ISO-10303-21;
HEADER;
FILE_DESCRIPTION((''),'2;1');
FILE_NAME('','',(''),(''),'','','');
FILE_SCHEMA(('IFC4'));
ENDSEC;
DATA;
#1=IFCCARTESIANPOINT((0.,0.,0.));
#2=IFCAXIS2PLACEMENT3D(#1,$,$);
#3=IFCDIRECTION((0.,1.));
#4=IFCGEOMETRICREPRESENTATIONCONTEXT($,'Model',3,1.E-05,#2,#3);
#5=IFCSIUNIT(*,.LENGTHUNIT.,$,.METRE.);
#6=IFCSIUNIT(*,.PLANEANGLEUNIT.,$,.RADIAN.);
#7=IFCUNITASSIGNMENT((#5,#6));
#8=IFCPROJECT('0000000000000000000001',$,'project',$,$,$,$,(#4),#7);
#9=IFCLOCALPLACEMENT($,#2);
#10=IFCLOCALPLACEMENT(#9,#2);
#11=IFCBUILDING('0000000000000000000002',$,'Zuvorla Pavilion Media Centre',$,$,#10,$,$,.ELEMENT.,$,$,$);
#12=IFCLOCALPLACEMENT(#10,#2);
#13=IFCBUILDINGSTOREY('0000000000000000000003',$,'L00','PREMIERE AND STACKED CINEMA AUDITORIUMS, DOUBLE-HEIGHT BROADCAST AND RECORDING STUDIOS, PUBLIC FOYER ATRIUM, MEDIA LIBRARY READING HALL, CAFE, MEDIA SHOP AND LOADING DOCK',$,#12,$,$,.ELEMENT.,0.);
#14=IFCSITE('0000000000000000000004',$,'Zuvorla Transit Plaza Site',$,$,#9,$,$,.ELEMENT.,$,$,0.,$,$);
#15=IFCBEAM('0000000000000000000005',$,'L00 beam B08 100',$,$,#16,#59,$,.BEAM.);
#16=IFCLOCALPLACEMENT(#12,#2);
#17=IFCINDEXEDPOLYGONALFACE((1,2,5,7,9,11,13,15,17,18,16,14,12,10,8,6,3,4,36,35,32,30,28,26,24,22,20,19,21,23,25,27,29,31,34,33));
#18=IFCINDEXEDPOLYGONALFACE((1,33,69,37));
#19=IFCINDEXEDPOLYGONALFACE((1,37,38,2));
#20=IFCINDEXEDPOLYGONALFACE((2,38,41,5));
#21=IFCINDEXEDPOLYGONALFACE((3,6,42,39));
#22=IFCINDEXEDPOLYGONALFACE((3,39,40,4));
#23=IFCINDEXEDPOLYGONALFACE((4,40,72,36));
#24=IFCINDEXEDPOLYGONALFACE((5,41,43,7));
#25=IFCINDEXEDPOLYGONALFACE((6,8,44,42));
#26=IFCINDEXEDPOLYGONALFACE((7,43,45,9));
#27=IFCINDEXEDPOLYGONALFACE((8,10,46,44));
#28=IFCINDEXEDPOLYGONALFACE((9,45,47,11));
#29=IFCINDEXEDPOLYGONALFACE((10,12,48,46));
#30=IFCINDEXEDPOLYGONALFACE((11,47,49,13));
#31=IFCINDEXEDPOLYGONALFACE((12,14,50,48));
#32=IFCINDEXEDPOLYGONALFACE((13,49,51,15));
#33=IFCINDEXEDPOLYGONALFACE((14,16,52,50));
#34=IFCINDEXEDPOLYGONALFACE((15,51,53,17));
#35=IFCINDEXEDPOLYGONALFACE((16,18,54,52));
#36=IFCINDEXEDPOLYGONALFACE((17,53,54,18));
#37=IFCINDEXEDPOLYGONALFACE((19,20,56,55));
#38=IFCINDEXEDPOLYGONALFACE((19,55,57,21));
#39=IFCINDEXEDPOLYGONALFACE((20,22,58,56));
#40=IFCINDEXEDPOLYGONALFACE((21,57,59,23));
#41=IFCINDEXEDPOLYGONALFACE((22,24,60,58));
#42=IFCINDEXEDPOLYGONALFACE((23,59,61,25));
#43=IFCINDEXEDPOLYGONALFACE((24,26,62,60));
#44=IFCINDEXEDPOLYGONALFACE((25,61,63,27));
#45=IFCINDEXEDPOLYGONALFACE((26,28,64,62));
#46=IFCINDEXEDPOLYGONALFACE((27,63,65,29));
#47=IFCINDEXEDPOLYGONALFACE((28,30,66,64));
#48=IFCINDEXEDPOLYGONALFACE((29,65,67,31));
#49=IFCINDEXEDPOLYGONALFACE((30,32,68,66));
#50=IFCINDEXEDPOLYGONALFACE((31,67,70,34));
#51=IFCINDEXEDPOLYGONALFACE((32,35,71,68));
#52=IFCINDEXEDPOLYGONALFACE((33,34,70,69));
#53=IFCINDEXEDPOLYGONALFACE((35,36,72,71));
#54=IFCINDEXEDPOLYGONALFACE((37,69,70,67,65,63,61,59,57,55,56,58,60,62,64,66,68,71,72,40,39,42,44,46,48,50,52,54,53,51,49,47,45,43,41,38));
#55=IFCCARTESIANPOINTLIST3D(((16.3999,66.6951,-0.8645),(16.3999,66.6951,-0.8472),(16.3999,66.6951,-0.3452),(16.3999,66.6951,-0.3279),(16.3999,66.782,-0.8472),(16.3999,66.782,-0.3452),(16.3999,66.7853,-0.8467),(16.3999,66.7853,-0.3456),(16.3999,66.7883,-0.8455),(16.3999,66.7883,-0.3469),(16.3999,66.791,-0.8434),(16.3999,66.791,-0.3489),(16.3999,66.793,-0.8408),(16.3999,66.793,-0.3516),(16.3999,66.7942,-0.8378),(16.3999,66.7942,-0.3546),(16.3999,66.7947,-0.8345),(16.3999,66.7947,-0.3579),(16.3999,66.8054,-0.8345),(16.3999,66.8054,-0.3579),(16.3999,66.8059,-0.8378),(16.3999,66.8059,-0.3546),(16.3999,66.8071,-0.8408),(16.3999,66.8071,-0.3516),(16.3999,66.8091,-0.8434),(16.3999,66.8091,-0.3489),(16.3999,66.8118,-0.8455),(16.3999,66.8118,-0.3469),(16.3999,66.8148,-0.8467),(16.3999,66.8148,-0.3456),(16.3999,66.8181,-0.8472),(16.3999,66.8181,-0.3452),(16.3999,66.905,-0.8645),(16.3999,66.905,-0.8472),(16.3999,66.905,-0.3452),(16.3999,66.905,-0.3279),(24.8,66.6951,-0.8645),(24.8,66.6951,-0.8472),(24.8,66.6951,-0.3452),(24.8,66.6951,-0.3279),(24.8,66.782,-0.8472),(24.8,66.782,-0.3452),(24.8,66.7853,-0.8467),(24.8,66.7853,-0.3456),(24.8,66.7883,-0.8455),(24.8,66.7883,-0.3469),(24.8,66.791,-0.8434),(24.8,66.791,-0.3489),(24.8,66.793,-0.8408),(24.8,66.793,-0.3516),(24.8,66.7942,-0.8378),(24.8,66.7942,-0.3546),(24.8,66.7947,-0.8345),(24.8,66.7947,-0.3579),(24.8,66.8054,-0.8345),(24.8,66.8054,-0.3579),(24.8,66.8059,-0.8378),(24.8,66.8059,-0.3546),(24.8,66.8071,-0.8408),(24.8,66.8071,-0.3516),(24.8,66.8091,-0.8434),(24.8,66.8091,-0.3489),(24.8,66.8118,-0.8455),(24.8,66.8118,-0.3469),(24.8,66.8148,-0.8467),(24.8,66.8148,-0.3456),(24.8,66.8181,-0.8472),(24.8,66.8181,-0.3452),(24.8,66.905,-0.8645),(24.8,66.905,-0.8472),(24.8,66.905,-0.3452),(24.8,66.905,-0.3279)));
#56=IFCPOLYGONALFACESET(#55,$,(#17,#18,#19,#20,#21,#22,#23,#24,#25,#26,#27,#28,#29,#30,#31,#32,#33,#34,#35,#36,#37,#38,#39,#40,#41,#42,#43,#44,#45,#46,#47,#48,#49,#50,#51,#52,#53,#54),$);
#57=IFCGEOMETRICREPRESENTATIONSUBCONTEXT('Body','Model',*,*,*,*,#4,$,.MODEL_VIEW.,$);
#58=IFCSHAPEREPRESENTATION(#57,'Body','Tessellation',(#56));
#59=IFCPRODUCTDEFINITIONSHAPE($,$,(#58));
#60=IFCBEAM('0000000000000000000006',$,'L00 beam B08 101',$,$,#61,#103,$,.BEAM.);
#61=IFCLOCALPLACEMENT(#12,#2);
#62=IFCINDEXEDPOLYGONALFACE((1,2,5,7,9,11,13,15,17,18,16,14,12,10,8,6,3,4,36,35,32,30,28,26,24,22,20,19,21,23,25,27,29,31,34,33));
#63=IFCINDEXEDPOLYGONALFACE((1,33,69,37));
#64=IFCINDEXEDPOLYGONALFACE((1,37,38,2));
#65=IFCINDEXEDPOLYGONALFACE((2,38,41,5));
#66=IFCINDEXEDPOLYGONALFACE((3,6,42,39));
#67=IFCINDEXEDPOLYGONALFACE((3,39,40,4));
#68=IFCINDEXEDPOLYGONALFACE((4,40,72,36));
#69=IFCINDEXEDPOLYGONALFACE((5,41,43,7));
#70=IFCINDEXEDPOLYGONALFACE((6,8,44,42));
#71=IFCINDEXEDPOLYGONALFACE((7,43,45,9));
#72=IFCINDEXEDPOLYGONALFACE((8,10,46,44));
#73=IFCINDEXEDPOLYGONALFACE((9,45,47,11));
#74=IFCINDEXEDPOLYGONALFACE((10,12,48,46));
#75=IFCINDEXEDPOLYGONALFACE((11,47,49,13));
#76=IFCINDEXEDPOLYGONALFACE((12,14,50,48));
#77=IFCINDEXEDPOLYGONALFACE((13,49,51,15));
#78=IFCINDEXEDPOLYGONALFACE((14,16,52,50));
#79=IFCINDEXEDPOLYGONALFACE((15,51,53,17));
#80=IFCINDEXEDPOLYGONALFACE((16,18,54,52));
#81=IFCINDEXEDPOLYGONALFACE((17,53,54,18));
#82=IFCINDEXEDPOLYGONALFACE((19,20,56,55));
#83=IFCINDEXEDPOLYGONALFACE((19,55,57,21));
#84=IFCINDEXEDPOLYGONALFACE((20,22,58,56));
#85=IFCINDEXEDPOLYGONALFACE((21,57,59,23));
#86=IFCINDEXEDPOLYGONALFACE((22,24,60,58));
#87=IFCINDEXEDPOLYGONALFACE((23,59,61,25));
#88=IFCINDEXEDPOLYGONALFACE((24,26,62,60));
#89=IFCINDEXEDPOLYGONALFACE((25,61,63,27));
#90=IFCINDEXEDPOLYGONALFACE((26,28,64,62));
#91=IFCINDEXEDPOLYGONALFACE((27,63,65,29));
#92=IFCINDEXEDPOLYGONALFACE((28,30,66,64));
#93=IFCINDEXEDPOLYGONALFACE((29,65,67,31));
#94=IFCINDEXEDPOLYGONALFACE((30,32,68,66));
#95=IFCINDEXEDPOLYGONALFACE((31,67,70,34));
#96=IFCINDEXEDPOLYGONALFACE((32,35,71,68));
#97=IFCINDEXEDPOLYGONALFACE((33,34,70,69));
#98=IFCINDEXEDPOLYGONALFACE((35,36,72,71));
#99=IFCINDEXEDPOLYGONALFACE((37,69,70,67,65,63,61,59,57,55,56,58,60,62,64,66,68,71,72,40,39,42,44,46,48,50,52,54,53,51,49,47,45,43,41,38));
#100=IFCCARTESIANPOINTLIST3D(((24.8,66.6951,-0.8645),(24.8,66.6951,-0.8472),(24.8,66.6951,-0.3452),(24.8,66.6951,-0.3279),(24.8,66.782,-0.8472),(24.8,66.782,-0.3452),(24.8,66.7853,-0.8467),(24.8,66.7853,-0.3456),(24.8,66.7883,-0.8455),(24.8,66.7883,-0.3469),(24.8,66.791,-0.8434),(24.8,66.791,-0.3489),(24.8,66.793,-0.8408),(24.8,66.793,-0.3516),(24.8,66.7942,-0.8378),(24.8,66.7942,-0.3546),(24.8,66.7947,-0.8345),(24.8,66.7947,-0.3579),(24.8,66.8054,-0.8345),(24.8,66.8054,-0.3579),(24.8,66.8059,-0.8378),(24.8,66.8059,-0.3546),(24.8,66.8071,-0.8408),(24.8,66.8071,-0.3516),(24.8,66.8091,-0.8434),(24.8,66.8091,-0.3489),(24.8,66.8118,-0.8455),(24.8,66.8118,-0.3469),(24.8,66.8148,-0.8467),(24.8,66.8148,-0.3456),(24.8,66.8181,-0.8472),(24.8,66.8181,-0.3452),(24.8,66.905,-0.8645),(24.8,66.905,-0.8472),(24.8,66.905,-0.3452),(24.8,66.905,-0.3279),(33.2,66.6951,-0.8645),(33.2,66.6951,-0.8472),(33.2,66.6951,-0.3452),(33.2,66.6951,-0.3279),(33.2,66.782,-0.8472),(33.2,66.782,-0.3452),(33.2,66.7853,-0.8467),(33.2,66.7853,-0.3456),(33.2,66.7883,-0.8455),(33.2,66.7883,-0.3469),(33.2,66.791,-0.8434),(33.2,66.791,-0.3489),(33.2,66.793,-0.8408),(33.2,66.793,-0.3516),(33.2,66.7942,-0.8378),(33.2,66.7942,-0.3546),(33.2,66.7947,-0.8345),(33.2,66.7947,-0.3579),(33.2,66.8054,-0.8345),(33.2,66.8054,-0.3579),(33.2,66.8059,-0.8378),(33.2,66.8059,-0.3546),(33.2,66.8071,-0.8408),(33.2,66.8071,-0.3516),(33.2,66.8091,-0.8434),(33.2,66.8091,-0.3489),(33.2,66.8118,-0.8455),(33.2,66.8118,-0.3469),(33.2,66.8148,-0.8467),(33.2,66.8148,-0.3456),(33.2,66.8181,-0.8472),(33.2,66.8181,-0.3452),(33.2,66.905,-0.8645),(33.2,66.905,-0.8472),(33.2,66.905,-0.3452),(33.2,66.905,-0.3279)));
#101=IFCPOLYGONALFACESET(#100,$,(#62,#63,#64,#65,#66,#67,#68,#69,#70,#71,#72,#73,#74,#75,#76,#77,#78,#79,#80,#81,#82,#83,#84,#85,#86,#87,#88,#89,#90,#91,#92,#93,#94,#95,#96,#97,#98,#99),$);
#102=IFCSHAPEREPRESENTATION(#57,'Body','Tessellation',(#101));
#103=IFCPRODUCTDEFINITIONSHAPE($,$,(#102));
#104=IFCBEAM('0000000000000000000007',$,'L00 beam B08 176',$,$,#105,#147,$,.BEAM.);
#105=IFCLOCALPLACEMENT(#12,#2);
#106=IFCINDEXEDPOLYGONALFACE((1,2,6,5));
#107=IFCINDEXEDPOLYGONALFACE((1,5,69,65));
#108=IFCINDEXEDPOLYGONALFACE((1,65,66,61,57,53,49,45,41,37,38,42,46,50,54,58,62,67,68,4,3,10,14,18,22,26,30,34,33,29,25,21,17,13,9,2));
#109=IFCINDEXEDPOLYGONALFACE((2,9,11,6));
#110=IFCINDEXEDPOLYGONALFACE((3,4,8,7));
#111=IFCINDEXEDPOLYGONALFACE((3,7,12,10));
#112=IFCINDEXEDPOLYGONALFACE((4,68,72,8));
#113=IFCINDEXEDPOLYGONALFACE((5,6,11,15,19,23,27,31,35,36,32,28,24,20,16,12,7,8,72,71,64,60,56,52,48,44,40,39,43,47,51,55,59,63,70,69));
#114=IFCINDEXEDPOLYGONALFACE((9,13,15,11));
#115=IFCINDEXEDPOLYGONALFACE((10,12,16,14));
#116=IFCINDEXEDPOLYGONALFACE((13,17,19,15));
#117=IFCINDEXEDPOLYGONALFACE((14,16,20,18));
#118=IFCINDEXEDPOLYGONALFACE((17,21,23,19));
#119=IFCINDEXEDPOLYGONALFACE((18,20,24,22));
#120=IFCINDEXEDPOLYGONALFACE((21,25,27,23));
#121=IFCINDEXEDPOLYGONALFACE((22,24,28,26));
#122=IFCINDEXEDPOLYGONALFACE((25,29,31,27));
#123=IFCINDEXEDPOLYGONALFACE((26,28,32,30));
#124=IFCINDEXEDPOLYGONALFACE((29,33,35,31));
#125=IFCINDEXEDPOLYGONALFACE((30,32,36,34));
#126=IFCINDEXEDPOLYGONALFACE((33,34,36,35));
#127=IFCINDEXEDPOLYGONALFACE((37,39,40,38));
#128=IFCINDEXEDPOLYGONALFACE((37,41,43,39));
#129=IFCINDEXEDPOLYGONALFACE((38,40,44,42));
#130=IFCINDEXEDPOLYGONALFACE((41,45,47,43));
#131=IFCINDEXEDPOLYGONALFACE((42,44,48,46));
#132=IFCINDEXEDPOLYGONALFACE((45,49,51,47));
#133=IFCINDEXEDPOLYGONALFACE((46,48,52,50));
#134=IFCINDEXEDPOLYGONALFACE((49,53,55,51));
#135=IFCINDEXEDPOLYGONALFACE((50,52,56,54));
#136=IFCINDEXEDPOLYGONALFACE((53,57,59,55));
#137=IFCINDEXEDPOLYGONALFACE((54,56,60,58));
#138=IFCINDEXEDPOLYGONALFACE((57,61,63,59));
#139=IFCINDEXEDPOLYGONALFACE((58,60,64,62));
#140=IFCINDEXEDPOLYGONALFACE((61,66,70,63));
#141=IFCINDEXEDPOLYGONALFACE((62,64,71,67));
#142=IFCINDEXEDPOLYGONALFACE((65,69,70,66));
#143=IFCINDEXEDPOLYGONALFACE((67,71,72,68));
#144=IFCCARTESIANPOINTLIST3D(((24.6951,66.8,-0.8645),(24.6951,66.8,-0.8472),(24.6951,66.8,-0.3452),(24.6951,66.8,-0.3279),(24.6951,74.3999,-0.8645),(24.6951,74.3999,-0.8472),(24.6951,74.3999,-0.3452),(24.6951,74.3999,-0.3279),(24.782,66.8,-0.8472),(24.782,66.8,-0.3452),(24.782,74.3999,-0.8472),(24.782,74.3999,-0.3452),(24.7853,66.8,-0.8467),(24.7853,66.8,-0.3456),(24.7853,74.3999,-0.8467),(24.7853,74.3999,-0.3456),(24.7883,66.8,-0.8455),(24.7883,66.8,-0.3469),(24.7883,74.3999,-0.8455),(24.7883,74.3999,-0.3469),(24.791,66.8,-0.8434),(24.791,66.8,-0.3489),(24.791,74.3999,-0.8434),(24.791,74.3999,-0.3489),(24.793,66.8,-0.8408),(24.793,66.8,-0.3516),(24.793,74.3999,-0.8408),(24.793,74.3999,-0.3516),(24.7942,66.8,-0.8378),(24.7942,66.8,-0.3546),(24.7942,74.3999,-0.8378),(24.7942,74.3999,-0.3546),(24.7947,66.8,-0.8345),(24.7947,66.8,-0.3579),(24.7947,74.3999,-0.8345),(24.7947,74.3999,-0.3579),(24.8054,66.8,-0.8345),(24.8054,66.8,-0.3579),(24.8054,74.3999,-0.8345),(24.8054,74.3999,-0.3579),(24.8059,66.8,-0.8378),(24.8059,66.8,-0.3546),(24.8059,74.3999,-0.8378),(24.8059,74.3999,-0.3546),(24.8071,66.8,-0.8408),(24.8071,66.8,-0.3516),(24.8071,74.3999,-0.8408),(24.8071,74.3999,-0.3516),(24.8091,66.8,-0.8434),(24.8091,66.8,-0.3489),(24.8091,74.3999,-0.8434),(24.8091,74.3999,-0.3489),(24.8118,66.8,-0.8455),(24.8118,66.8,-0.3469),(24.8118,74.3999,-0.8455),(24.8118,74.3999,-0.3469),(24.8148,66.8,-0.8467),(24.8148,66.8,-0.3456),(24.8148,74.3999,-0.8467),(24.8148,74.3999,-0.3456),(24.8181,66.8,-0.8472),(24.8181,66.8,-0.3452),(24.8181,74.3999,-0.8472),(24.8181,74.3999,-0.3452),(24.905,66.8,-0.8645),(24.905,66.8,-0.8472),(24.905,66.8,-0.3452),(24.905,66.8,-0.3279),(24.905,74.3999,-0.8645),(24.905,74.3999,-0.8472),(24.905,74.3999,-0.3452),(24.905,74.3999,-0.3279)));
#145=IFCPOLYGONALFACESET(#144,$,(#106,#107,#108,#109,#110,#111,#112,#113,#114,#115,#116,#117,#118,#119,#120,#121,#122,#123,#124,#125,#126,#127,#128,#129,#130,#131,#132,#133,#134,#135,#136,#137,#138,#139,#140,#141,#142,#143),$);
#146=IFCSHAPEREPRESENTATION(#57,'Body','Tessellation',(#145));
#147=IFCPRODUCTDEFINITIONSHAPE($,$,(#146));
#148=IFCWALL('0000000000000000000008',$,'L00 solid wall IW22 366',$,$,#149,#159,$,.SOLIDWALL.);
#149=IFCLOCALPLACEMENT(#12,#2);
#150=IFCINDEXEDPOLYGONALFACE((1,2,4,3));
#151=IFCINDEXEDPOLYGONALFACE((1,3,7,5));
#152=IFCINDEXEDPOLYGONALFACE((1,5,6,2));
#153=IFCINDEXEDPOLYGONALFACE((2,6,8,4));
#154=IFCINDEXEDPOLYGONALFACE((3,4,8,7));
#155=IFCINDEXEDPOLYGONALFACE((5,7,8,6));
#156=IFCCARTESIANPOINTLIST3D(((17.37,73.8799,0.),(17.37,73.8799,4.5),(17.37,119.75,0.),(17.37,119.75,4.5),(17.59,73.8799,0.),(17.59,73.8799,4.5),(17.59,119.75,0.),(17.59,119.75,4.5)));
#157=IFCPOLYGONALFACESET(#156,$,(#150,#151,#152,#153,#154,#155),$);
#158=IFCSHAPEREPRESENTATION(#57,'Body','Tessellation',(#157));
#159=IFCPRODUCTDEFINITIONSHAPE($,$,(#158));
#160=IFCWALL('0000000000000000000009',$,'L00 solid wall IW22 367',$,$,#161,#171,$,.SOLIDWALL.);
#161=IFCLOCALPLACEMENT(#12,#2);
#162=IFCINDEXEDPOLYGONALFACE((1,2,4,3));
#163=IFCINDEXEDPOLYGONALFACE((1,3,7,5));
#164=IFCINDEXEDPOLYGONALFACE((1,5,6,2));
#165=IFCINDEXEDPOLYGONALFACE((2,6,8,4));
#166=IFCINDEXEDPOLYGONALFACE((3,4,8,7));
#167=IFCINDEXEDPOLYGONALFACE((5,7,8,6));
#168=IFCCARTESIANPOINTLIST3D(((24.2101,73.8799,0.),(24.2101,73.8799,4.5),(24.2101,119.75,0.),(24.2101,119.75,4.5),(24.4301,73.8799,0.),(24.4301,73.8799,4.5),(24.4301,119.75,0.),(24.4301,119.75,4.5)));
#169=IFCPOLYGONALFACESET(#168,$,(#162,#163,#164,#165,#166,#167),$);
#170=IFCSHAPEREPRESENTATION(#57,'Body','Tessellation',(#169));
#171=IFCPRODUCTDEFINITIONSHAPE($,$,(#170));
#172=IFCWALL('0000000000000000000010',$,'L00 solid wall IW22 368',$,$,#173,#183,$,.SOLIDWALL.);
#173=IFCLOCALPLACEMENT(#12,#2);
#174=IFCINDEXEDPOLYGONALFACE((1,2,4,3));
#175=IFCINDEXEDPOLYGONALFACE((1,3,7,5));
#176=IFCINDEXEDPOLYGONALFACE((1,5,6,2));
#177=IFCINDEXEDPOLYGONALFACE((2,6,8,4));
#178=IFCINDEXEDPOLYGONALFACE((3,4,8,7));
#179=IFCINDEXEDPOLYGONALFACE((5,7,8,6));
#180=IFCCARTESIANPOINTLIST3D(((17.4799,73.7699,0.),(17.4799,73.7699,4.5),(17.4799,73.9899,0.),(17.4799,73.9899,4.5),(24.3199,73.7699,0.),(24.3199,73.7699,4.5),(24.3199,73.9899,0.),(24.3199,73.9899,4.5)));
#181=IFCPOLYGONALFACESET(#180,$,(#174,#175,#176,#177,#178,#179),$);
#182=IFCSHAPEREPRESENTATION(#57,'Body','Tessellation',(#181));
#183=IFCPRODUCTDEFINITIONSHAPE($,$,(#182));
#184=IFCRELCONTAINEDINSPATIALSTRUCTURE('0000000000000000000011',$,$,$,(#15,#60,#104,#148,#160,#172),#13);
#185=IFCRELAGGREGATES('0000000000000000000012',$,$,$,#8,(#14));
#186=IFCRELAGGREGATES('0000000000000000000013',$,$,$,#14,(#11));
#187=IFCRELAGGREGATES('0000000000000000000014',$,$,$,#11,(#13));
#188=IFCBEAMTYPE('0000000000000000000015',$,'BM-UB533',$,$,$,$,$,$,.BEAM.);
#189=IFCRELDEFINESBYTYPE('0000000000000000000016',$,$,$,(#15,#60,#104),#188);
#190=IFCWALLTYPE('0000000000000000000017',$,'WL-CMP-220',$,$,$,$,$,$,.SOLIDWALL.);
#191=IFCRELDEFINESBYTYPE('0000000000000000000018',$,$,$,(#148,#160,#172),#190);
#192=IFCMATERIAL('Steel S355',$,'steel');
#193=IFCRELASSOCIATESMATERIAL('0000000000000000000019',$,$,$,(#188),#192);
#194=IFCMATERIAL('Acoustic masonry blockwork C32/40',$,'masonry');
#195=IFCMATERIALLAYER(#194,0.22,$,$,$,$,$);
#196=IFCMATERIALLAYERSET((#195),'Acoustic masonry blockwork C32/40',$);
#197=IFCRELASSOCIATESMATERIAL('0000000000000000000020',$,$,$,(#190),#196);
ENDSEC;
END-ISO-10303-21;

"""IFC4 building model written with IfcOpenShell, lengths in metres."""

from ifc_helpers import new_model, si_unit, direction, frame, frame_2d, origin, origin_2d, place, context, subcontext, project, spatial, rectangle, i_section, extrude, material, layer, layer_set, material_profile, profile_set, type_object, element, save


model = new_model("IFC4")

# Units and contexts
model_context = context("Model", 3, precision=1e-05, world=origin(), true_north=direction((0.0, 1.0)))
body_context = subcontext(model_context, "Body", "Model", "MODEL_VIEW")
ifc_project = project(units=[si_unit("LENGTHUNIT", "METRE"), si_unit("PLANEANGLEUNIT", "RADIAN")], contexts=[model_context])

# Site, building, storey
site_placement = place(None, origin())
site = spatial("IfcSite", under=ifc_project, at=site_placement, Name="Zuvorla Transit Plaza Site", CompositionType="ELEMENT", RefElevation=0.0)
building_placement = place(site_placement, origin())
building = spatial("IfcBuilding", under=site, at=building_placement, Name="Zuvorla Pavilion Media Centre", CompositionType="ELEMENT")
storey_placement = place(building_placement, origin())
storey = spatial("IfcBuildingStorey", under=building, at=storey_placement, Name="L00", Description="PREMIERE AND STACKED CINEMA AUDITORIUMS, DOUBLE-HEIGHT BROADCAST AND RECORDING STUDIOS, PUBLIC FOYER ATRIUM, MEDIA LIBRARY READING HALL, CAFE, MEDIA SHOP AND LOADING DOCK", CompositionType="ELEMENT", Elevation=0.0)

# Beams
ifc_material_1 = material(Name="Steel S355", Category="steel")
ifc_material_profile_1 = material_profile(ifc_material_1, i_section(OverallWidth=0.21, OverallDepth=0.5366, WebThickness=0.0107, FlangeThickness=0.0173, FilletRadius=0.0127, at=origin_2d()), Name="UB 533x210x101")
ifc_profile_set_1 = profile_set([ifc_material_profile_1], Name="Steel S355")
beam_type_1 = type_object("IfcBeamType", Name="BM-UB533", PredefinedType="BEAM", material=ifc_profile_set_1)
beam_1_placement = place(storey_placement, frame((16.3999, 66.8, -0.5962), z_axis=(1.0, 0.0, 0.0), x_axis=(0.0, 1.0, 0.0)))
element("IfcBeam", 1, at=beam_1_placement, inside=storey, type_object=beam_type_1, Name="L00 beam B08 100", PredefinedType="BEAM", context=body_context, shape_type="SweptSolid", body=[
    extrude(i_section(OverallWidth=0.21, OverallDepth=0.5366, WebThickness=0.0107, FlangeThickness=0.0173, FilletRadius=0.0127, at=origin_2d()), origin(), (0.0, 0.0, 1.0), 8.4001),
])
beam_2_placement = place(storey_placement, frame((24.8, 66.8, -0.5962), z_axis=(1.0, 0.0, 0.0), x_axis=(0.0, 1.0, 0.0)))
element("IfcBeam", 2, at=beam_2_placement, inside=storey, type_object=beam_type_1, Name="L00 beam B08 101", PredefinedType="BEAM", context=body_context, shape_type="SweptSolid", body=[
    extrude(i_section(OverallWidth=0.21, OverallDepth=0.5366, WebThickness=0.0107, FlangeThickness=0.0173, FilletRadius=0.0127, at=origin_2d()), origin(), (0.0, 0.0, 1.0), 8.3999),
])
beam_3_placement = place(storey_placement, frame((24.8, 66.8, -0.5962), z_axis=(0.0, 1.0, 0.0), x_axis=(-1.0, 0.0, 0.0)))
element("IfcBeam", 3, at=beam_3_placement, inside=storey, type_object=beam_type_1, Name="L00 beam B08 176", PredefinedType="BEAM", context=body_context, shape_type="SweptSolid", body=[
    extrude(i_section(OverallWidth=0.21, OverallDepth=0.5366, WebThickness=0.0107, FlangeThickness=0.0173, FilletRadius=0.0127, at=origin_2d()), origin(), (0.0, 0.0, 1.0), 7.5999),
])

# Walls
ifc_material_2 = material(Name="Acoustic masonry blockwork C32/40", Category="masonry")
ifc_layer_1 = layer(ifc_material_2, 0.22)
ifc_layer_set_1 = layer_set([ifc_layer_1], Name="Acoustic masonry blockwork C32/40")
wall_type_1 = type_object("IfcWallType", Name="WL-CMP-220", PredefinedType="SOLIDWALL", material=ifc_layer_set_1)
for number, where, z_axis, x_axis, name in (
    (4, (17.48, 73.8799, 0.0), (0.0, 0.0, 1.0), (0.0, 1.0, 0.0), "L00 solid wall IW22 366"),
    (5, (24.3201, 73.8799, 0.0), (0.0, 0.0, 1.0), (0.0, 1.0, 0.0), "L00 solid wall IW22 367"),
):
    element("IfcWall", number, at=place(storey_placement, frame(where, z_axis=z_axis, x_axis=x_axis)), inside=storey, type_object=wall_type_1, Name=name, PredefinedType="SOLIDWALL", context=body_context, shape_type="SweptSolid", body=[
        extrude(rectangle(XDim=45.8701, YDim=0.22, at=frame_2d((22.9351, 0.0))), origin(), (0.0, 0.0, 1.0), 4.5),
    ])
wall_1_placement = place(storey_placement, frame((17.48, 73.8799, 0.0), z_axis=(0.0, 0.0, 1.0), x_axis=(1.0, 0.0, 0.0)))
element("IfcWall", 6, at=wall_1_placement, inside=storey, type_object=wall_type_1, Name="L00 solid wall IW22 368", PredefinedType="SOLIDWALL", context=body_context, shape_type="SweptSolid", body=[
    extrude(rectangle(XDim=6.8401, YDim=0.22, at=frame_2d((3.4199, 0.0))), origin(), (0.0, 0.0, 1.0), 4.5),
])

save(model, "model.ifc")
